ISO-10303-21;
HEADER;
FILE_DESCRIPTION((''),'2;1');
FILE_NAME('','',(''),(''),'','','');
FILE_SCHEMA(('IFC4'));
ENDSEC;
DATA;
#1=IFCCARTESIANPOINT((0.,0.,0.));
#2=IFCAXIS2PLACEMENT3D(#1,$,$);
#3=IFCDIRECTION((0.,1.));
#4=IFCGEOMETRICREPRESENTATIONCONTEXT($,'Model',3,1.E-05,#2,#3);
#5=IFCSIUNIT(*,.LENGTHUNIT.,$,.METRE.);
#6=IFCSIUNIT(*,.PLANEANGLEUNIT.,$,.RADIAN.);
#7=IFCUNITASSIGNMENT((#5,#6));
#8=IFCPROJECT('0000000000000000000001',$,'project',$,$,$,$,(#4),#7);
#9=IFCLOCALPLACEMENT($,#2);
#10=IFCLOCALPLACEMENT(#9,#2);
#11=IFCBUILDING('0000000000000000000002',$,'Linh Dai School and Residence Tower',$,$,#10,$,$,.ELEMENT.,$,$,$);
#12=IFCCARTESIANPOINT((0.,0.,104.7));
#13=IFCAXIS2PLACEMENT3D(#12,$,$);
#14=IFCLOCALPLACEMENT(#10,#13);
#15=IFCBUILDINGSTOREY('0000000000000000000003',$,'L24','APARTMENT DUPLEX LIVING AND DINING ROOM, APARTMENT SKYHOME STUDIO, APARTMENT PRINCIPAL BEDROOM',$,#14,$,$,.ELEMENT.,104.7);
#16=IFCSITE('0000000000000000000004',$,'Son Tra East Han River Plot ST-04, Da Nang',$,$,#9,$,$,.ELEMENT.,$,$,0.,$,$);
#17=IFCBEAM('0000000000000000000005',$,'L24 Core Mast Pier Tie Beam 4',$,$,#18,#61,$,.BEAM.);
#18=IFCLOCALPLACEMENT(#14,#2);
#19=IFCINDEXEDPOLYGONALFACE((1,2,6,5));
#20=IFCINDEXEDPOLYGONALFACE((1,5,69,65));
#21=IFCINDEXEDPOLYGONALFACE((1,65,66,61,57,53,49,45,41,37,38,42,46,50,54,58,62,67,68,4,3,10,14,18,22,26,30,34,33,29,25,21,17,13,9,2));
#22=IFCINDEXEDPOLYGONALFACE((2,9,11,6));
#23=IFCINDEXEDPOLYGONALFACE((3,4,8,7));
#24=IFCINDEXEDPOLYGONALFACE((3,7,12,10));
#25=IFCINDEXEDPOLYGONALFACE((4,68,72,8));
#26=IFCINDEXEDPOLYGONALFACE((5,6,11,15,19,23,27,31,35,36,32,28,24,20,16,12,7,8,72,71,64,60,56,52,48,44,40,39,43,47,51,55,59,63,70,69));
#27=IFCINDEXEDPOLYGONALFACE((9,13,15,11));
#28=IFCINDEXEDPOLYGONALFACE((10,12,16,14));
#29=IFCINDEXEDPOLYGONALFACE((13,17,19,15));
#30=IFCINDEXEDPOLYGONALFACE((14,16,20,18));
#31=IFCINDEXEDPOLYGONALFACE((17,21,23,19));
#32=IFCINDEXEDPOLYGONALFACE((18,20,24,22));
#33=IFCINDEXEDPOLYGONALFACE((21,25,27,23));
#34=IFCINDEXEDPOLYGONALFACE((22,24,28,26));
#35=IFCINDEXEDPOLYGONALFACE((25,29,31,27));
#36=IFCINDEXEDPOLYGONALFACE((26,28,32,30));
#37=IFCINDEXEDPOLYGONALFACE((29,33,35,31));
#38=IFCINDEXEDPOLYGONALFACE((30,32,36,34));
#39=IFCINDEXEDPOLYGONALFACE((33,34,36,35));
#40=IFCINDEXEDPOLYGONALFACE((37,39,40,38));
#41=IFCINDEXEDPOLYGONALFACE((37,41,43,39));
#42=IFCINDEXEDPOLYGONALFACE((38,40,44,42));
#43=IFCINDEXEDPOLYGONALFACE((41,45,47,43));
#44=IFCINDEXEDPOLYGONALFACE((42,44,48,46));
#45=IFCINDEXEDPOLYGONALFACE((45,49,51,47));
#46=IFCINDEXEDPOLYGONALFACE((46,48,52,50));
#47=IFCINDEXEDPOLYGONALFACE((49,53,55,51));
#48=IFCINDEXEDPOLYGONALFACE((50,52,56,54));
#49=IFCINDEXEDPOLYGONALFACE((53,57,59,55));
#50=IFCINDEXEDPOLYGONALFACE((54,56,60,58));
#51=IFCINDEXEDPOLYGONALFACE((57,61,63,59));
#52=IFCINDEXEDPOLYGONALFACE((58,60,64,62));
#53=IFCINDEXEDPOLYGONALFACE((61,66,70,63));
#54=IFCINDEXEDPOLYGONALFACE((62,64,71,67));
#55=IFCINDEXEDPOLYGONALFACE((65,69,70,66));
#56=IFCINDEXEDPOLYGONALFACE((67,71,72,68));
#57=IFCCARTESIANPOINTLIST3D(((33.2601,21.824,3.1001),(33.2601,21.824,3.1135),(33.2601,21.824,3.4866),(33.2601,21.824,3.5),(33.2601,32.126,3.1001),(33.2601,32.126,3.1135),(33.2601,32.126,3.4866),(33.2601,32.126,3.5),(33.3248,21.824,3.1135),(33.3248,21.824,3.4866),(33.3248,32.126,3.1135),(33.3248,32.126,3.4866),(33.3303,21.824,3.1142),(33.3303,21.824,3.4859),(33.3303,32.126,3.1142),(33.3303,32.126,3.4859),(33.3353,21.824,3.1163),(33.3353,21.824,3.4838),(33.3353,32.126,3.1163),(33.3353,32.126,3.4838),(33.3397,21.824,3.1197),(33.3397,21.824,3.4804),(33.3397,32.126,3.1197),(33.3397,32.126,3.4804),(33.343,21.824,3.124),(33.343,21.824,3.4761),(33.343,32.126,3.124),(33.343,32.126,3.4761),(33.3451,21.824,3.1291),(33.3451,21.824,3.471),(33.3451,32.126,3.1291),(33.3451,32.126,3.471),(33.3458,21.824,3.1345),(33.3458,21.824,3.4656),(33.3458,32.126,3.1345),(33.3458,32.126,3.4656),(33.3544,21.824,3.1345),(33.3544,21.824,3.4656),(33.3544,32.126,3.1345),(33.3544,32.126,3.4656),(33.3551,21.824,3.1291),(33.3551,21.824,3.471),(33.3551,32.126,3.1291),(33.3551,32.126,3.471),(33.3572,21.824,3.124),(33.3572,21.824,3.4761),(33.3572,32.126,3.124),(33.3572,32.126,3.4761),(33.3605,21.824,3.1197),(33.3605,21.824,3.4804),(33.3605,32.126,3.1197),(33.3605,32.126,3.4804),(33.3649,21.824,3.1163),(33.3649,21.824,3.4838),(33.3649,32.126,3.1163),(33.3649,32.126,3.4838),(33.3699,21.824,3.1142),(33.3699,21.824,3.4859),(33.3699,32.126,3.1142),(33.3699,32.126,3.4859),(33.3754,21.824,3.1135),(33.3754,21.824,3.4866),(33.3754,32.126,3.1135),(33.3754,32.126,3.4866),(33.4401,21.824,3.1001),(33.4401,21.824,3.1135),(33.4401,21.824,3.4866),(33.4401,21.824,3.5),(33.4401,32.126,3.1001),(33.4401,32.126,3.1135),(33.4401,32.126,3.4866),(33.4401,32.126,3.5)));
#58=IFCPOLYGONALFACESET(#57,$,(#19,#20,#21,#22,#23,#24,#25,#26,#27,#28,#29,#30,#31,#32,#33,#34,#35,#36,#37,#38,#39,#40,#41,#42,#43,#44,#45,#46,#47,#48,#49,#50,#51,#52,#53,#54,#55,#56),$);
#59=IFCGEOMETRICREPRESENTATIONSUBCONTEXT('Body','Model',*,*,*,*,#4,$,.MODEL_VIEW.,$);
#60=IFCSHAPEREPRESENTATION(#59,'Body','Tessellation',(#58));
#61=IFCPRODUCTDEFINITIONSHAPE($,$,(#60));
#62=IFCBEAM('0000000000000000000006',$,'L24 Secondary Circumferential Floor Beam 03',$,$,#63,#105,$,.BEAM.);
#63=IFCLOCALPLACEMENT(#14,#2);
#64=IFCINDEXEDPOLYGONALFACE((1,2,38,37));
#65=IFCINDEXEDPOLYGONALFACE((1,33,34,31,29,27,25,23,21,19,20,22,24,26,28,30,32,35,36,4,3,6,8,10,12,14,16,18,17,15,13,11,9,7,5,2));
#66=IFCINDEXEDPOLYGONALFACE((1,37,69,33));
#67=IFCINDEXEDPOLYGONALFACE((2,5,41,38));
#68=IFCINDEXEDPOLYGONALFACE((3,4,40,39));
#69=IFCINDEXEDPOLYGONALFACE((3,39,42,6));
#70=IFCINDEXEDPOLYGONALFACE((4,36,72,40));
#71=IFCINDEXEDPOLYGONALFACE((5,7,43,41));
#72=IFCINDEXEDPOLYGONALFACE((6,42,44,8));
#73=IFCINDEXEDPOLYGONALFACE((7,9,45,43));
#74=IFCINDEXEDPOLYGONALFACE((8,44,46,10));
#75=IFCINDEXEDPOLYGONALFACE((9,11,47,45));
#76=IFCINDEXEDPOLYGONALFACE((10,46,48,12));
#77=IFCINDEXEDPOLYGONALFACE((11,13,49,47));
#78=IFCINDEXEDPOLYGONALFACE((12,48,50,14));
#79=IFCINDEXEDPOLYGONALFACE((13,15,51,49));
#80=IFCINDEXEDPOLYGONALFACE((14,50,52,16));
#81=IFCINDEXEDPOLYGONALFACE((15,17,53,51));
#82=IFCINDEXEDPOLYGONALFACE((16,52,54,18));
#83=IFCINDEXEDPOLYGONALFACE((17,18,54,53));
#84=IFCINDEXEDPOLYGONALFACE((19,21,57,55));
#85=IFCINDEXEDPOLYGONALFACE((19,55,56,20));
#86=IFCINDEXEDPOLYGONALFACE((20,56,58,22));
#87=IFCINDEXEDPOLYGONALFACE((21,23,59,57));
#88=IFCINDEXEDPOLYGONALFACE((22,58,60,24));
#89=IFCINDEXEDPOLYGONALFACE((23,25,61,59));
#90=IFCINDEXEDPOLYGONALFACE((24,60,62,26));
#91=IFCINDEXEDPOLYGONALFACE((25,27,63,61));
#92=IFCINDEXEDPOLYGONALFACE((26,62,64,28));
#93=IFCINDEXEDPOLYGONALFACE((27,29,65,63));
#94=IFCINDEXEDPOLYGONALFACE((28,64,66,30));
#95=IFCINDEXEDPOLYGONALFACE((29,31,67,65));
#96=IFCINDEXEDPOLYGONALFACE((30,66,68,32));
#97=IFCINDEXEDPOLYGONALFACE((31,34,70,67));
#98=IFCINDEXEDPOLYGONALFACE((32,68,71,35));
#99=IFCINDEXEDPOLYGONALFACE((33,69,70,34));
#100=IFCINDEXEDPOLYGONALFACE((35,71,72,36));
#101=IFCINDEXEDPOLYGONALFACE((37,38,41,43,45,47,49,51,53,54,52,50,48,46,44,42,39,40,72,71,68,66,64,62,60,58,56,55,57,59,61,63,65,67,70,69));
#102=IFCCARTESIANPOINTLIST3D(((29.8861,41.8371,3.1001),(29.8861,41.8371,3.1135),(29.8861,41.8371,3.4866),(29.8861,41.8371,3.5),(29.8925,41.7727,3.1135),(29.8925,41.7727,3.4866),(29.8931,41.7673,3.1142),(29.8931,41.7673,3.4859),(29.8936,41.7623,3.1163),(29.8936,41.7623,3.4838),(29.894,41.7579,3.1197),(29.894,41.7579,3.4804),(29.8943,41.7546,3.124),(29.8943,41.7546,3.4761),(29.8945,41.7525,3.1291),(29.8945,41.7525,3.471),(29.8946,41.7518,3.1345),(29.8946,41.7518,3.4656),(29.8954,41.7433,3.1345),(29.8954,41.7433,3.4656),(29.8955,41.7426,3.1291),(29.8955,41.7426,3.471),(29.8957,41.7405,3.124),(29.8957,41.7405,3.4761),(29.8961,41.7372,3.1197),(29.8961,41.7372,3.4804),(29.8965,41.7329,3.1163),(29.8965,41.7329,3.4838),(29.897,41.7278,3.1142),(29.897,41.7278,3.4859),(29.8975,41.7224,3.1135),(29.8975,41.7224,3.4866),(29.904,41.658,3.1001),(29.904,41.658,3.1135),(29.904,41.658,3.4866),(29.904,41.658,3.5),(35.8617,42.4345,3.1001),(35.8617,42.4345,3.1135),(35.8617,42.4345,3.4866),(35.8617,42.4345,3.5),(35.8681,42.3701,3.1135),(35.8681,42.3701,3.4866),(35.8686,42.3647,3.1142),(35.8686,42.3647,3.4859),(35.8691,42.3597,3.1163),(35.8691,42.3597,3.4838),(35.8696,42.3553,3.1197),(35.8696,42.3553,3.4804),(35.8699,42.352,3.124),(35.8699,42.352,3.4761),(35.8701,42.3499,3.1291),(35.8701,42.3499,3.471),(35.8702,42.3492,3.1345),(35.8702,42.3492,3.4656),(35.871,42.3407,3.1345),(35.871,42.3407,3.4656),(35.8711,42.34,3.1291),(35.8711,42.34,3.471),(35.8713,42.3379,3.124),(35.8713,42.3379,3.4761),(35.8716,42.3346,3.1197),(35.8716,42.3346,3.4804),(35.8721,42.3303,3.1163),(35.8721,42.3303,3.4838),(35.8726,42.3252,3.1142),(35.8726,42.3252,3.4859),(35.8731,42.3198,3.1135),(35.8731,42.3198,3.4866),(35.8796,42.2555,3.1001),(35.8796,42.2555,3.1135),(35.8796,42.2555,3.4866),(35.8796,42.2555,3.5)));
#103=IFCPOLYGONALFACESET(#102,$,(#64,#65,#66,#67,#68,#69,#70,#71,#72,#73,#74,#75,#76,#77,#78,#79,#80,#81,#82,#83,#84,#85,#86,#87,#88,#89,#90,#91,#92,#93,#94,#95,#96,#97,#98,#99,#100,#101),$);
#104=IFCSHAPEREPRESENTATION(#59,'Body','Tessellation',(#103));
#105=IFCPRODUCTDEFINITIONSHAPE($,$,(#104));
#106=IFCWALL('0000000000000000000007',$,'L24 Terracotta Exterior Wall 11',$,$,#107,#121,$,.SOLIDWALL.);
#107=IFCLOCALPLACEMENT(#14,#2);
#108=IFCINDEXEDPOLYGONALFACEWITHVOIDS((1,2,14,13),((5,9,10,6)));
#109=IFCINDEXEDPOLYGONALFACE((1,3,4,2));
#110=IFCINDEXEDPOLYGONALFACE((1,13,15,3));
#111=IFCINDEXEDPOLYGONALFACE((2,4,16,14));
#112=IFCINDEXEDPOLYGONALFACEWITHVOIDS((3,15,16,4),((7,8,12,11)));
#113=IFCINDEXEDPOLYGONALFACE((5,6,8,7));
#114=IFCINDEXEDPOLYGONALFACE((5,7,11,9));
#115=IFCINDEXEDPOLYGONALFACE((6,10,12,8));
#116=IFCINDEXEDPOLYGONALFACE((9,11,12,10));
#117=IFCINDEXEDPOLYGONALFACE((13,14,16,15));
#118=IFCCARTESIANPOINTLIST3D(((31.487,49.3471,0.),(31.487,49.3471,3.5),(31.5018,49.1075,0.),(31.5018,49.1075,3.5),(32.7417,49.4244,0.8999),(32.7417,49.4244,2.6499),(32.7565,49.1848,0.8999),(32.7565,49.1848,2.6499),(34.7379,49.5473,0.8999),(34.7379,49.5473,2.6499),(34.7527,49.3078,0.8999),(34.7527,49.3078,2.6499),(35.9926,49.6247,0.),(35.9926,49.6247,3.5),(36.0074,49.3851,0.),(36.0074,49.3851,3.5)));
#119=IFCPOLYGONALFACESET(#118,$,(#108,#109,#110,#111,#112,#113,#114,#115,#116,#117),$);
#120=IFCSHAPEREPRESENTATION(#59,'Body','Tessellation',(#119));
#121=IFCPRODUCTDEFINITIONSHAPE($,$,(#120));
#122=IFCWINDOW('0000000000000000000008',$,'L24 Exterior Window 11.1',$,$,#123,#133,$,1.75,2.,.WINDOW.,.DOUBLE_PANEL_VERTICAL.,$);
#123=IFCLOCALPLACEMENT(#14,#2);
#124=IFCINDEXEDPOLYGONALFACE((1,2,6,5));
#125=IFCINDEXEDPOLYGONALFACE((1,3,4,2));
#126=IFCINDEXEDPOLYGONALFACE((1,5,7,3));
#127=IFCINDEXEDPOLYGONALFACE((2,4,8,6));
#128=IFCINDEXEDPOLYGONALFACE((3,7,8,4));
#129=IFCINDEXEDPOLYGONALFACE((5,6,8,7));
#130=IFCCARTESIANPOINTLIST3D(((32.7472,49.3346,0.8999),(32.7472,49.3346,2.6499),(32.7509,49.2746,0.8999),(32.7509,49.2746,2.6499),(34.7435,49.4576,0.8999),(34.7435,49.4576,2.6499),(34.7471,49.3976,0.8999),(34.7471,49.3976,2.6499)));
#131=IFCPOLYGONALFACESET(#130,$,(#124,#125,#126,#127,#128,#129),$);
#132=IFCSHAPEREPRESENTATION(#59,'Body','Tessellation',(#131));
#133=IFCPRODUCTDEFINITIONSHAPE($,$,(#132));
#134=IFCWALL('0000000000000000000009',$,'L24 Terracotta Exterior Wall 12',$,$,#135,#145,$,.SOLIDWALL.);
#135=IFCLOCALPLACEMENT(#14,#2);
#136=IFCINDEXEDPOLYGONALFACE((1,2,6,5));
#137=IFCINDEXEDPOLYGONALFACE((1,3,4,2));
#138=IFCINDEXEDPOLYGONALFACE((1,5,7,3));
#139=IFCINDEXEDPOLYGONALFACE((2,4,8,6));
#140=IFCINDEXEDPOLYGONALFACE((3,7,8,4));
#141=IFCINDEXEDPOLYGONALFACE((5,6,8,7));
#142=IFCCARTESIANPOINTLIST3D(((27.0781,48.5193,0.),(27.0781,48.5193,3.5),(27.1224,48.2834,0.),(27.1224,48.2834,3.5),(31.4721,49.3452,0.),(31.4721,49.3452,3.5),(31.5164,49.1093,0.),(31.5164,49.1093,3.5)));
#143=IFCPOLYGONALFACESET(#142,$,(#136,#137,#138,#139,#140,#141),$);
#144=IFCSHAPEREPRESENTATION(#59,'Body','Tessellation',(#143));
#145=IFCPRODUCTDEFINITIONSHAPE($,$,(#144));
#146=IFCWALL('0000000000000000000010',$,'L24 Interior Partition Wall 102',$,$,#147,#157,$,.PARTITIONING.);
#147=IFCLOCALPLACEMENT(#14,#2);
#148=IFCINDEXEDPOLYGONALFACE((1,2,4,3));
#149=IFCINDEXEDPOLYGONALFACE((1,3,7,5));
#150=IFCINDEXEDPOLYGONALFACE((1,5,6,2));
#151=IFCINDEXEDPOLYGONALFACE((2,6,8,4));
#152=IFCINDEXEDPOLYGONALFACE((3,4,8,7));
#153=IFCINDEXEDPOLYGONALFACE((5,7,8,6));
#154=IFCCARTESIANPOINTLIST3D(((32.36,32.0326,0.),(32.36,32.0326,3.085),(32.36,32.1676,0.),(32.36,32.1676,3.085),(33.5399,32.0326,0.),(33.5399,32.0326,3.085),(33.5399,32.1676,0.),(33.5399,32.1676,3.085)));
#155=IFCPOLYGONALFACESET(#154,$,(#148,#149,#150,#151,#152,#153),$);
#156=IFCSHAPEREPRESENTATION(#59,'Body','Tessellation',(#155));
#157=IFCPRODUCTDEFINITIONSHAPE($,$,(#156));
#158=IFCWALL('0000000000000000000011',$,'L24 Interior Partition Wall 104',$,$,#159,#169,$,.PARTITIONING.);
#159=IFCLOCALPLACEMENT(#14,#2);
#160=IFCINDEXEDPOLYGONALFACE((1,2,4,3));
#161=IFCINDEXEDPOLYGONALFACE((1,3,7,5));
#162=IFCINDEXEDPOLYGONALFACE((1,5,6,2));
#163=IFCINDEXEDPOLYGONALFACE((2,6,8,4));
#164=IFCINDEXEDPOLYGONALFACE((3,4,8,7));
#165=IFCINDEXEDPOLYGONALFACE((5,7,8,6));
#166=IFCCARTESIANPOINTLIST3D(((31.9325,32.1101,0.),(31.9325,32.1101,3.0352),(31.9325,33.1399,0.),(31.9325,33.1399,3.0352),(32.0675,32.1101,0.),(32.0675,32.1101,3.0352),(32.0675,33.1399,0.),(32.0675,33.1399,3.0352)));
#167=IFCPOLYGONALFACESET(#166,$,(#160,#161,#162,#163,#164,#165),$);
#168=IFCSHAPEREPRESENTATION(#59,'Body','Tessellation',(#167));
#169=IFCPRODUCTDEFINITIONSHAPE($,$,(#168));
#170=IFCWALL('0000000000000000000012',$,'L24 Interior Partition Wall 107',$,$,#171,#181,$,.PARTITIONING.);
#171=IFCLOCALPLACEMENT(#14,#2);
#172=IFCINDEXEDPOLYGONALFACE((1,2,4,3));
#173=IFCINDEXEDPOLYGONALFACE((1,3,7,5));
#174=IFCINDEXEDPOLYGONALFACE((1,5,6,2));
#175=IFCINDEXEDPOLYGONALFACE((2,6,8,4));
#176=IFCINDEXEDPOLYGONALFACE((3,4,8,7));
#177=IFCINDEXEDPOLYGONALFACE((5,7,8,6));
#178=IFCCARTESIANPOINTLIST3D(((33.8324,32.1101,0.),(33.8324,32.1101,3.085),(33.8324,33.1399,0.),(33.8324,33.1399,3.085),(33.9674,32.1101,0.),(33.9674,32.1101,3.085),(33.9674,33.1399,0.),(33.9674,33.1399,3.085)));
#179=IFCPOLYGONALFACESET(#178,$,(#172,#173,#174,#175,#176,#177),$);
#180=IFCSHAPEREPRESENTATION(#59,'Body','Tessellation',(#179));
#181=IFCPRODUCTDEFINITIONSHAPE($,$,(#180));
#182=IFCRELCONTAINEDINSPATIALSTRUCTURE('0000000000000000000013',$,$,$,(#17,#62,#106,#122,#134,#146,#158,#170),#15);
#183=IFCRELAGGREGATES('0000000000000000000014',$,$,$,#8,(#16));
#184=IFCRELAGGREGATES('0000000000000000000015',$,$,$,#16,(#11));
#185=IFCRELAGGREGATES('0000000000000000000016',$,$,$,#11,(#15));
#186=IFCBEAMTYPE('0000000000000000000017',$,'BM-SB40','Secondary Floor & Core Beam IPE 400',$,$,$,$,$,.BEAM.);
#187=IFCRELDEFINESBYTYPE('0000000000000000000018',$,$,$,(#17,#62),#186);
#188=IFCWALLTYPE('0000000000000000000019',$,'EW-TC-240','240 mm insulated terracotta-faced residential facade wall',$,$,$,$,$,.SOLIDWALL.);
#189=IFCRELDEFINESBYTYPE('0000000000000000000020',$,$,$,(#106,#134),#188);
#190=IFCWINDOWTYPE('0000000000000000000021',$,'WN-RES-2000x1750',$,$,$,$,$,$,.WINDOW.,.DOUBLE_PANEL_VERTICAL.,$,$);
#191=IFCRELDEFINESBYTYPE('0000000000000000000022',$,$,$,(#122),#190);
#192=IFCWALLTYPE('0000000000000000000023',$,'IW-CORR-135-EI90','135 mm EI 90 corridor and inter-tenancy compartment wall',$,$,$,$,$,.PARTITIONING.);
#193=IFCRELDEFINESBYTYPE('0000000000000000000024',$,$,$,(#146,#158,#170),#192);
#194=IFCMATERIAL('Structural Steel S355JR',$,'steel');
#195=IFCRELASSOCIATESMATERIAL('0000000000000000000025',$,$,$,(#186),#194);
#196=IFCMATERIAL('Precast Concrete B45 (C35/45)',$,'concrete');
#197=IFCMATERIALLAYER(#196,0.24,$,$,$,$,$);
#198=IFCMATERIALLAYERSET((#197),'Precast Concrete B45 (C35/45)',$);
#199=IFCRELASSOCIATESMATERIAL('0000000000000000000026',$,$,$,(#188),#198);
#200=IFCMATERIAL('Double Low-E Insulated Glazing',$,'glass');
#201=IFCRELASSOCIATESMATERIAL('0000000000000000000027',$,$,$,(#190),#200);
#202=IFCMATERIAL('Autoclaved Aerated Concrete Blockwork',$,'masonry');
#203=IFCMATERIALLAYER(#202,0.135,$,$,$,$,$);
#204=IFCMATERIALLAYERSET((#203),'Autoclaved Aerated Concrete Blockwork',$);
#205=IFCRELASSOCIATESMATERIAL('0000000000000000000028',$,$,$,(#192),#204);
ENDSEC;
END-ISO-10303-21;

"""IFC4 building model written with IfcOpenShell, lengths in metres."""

from ifc_helpers import new_model, si_unit, direction, frame, frame_2d, origin, origin_2d, place, context, subcontext, project, spatial, rectangle, i_section, extrude, source, transform, mapped, material, layer, layer_set, material_profile, profile_set, type_object, element, fill, save


model = new_model("IFC4")

# Units and contexts
model_context = context("Model", 3, precision=1e-05, world=origin(), true_north=direction((0.0, 1.0)))
body_context = subcontext(model_context, "Body", "Model", "MODEL_VIEW")
ifc_project = project(units=[si_unit("LENGTHUNIT", "METRE"), si_unit("PLANEANGLEUNIT", "RADIAN")], contexts=[model_context])

# Site, building, storey
site_placement = place(None, origin())
site = spatial("IfcSite", under=ifc_project, at=site_placement, Name="Son Tra East Han River Plot ST-04, Da Nang", CompositionType="ELEMENT", RefElevation=0.0)
building_placement = place(site_placement, origin())
building = spatial("IfcBuilding", under=site, at=building_placement, Name="Linh Dai School and Residence Tower", CompositionType="ELEMENT")
storey_placement = place(building_placement, frame((0.0, 0.0, 104.7)))
storey = spatial("IfcBuildingStorey", under=building, at=storey_placement, Name="L24", Description="APARTMENT DUPLEX LIVING AND DINING ROOM, APARTMENT SKYHOME STUDIO, APARTMENT PRINCIPAL BEDROOM", CompositionType="ELEMENT", Elevation=104.7)

# Shared definitions
ifc_material_1 = material(Name="Structural Steel S355JR", Category="steel")

# Beams
ifc_material_profile_1 = material_profile(ifc_material_1, i_section(OverallWidth=0.1799, OverallDepth=0.3999, WebThickness=0.0085, FlangeThickness=0.0134, FilletRadius=0.021, at=origin_2d()), Name="IPE 400")
ifc_profile_set_1 = profile_set([ifc_material_profile_1], Name="Structural Steel S355JR")
beam_type_1 = type_object("IfcBeamType", Name="BM-SB40", Description="Secondary Floor & Core Beam IPE 400", PredefinedType="BEAM", material=ifc_profile_set_1)
beam_1_placement = place(storey_placement, frame((33.3501, 32.126, 3.3), z_axis=(0.0, -1.0, 0.0), x_axis=(1.0, 0.0, 0.0)))
element("IfcBeam", 1, at=beam_1_placement, inside=storey, type_object=beam_type_1, Name="L24 Core Mast Pier Tie Beam 4", PredefinedType="BEAM", context=body_context, shape_type="SweptSolid", body=[
    extrude(i_section(OverallWidth=0.1799, OverallDepth=0.3999, WebThickness=0.0085, FlangeThickness=0.0134, FilletRadius=0.021, at=origin_2d()), origin(), (0.0, 0.0, 1.0), 10.302),
])
beam_2_placement = place(storey_placement, frame((35.8706, 42.345, 3.3), z_axis=(-0.99504, -0.09948, 0.0), x_axis=(0.09948, -0.99504, 0.0)))
element("IfcBeam", 2, at=beam_2_placement, inside=storey, type_object=beam_type_1, Name="L24 Secondary Circumferential Floor Beam 03", PredefinedType="BEAM", context=body_context, shape_type="SweptSolid", body=[
    extrude(i_section(OverallWidth=0.1799, OverallDepth=0.3999, WebThickness=0.0085, FlangeThickness=0.0134, FilletRadius=0.021, at=origin_2d()), origin(), (0.0, 0.0, 1.0), 6.0054),
])

# Wall, opening, window
ifc_material_2 = material(Name="Precast Concrete B45 (C35/45)", Category="concrete")
ifc_layer_1 = layer(ifc_material_2, 0.24)
ifc_layer_set_1 = layer_set([ifc_layer_1], Name="Precast Concrete B45 (C35/45)")
wall_type_1 = type_object("IfcWallType", Name="EW-TC-240", Description="240 mm insulated terracotta-faced residential facade wall", PredefinedType="SOLIDWALL", material=ifc_layer_set_1)
wall_1_placement = place(storey_placement, frame((31.4944, 49.2273, 0.0), z_axis=(0.0, 0.0, 1.0), x_axis=(0.998108, 0.061493, 0.0)))
wall_1 = element("IfcWall", 3, at=wall_1_placement, inside=storey, type_object=wall_type_1, Name="L24 Terracotta Exterior Wall 11", PredefinedType="SOLIDWALL", context=body_context, shape_type="SweptSolid", body=[
    extrude(rectangle(XDim=4.5142, YDim=0.24, at=frame_2d((2.2571, 0.0))), origin(), (0.0, 0.0, 1.0), 3.5),
])
opening_1_placement = place(wall_1_placement, frame((1.2571, 0.0, 0.8999)))
opening_1 = element("IfcOpeningElement", 4, at=opening_1_placement, cuts=wall_1, PredefinedType="OPENING", context=body_context, shape_type="SweptSolid", body=[
    extrude(rectangle(XDim=2.0, YDim=1.75, at=origin_2d()), frame((1.0, 0.1299, 0.875), z_axis=(0.0, -1.0, 0.0), x_axis=(1.0, 0.0, 0.0)), (0.0, 0.0, 1.0), 0.26),
])
ifc_material_3 = material(Name="Double Low-E Insulated Glazing", Category="glass")
window_type = type_object("IfcWindowType", Name="WN-RES-2000x1750", PartitioningType="DOUBLE_PANEL_VERTICAL", PredefinedType="WINDOW", material=ifc_material_3)
shared_shape_1 = source(origin(), body_context, "Body", "SweptSolid", [
    extrude(rectangle(XDim=2.0, YDim=1.75, at=origin_2d()), frame((1.0, 0.03, 0.875), z_axis=(0.0, -1.0, 0.0), x_axis=(1.0, 0.0, 0.0)), (0.0, 0.0, 1.0), 0.0601),
])
window_placement = place(opening_1_placement, origin())
window = element("IfcWindow", 5, at=window_placement, inside=storey, type_object=window_type, Name="L24 Exterior Window 11.1", OverallHeight=1.75, OverallWidth=2.0, PartitioningType="DOUBLE_PANEL_VERTICAL", PredefinedType="WINDOW", context=body_context, shape_type="MappedRepresentation", body=[
    mapped(shared_shape_1, transform((0.0, 0.0, 0.0), x_axis=(1.0, 0.0, 0.0), y_axis=(0.0, 1.0, 0.0), z_axis=(0.0, 0.0, 1.0), scale=1.0)),
])
fill(opening_1, window)

# Walls
wall_2_placement = place(storey_placement, frame((27.1003, 48.4014, 0.0), z_axis=(0.0, 0.0, 1.0), x_axis=(0.982789, 0.18473, 0.0)))
element("IfcWall", 6, at=wall_2_placement, inside=storey, type_object=wall_type_1, Name="L24 Terracotta Exterior Wall 12", PredefinedType="SOLIDWALL", context=body_context, shape_type="SweptSolid", body=[
    extrude(rectangle(XDim=4.4709, YDim=0.24, at=frame_2d((2.2354, 0.0))), origin(), (0.0, 0.0, 1.0), 3.5),
])
ifc_material_4 = material(Name="Autoclaved Aerated Concrete Blockwork", Category="masonry")
ifc_layer_2 = layer(ifc_material_4, 0.135)
ifc_layer_set_2 = layer_set([ifc_layer_2], Name="Autoclaved Aerated Concrete Blockwork")
wall_type_2 = type_object("IfcWallType", Name="IW-CORR-135-EI90", Description="135 mm EI 90 corridor and inter-tenancy compartment wall", PredefinedType="PARTITIONING", material=ifc_layer_set_2)
wall_3_placement = place(storey_placement, frame((32.3601, 32.1001, 0.0), z_axis=(0.0, 0.0, 1.0), x_axis=(1.0, 0.0, 0.0)))
element("IfcWall", 7, at=wall_3_placement, inside=storey, type_object=wall_type_2, Name="L24 Interior Partition Wall 102", PredefinedType="PARTITIONING", context=body_context, shape_type="SweptSolid", body=[
    extrude(rectangle(XDim=1.1799, YDim=0.135, at=frame_2d((0.5898, 0.0))), origin(), (0.0, 0.0, 1.0), 3.085),
])
wall_4_placement = place(storey_placement, frame((32.0, 33.1399, 0.0), z_axis=(0.0, 0.0, 1.0), x_axis=(0.0, -1.0, 0.0)))
element("IfcWall", 8, at=wall_4_placement, inside=storey, type_object=wall_type_2, Name="L24 Interior Partition Wall 104", PredefinedType="PARTITIONING", context=body_context, shape_type="SweptSolid", body=[
    extrude(rectangle(XDim=1.0298, YDim=0.135, at=frame_2d((0.5149, 0.0))), origin(), (0.0, 0.0, 1.0), 3.0352),
])
wall_5_placement = place(storey_placement, frame((33.8999, 32.1101, 0.0), z_axis=(0.0, 0.0, 1.0), x_axis=(0.0, 1.0, 0.0)))
element("IfcWall", 9, at=wall_5_placement, inside=storey, type_object=wall_type_2, Name="L24 Interior Partition Wall 107", PredefinedType="PARTITIONING", context=body_context, shape_type="SweptSolid", body=[
    extrude(rectangle(XDim=1.0298, YDim=0.135, at=frame_2d((0.5149, 0.0))), origin(), (0.0, 0.0, 1.0), 3.085),
])

save(model, "model.ifc")
